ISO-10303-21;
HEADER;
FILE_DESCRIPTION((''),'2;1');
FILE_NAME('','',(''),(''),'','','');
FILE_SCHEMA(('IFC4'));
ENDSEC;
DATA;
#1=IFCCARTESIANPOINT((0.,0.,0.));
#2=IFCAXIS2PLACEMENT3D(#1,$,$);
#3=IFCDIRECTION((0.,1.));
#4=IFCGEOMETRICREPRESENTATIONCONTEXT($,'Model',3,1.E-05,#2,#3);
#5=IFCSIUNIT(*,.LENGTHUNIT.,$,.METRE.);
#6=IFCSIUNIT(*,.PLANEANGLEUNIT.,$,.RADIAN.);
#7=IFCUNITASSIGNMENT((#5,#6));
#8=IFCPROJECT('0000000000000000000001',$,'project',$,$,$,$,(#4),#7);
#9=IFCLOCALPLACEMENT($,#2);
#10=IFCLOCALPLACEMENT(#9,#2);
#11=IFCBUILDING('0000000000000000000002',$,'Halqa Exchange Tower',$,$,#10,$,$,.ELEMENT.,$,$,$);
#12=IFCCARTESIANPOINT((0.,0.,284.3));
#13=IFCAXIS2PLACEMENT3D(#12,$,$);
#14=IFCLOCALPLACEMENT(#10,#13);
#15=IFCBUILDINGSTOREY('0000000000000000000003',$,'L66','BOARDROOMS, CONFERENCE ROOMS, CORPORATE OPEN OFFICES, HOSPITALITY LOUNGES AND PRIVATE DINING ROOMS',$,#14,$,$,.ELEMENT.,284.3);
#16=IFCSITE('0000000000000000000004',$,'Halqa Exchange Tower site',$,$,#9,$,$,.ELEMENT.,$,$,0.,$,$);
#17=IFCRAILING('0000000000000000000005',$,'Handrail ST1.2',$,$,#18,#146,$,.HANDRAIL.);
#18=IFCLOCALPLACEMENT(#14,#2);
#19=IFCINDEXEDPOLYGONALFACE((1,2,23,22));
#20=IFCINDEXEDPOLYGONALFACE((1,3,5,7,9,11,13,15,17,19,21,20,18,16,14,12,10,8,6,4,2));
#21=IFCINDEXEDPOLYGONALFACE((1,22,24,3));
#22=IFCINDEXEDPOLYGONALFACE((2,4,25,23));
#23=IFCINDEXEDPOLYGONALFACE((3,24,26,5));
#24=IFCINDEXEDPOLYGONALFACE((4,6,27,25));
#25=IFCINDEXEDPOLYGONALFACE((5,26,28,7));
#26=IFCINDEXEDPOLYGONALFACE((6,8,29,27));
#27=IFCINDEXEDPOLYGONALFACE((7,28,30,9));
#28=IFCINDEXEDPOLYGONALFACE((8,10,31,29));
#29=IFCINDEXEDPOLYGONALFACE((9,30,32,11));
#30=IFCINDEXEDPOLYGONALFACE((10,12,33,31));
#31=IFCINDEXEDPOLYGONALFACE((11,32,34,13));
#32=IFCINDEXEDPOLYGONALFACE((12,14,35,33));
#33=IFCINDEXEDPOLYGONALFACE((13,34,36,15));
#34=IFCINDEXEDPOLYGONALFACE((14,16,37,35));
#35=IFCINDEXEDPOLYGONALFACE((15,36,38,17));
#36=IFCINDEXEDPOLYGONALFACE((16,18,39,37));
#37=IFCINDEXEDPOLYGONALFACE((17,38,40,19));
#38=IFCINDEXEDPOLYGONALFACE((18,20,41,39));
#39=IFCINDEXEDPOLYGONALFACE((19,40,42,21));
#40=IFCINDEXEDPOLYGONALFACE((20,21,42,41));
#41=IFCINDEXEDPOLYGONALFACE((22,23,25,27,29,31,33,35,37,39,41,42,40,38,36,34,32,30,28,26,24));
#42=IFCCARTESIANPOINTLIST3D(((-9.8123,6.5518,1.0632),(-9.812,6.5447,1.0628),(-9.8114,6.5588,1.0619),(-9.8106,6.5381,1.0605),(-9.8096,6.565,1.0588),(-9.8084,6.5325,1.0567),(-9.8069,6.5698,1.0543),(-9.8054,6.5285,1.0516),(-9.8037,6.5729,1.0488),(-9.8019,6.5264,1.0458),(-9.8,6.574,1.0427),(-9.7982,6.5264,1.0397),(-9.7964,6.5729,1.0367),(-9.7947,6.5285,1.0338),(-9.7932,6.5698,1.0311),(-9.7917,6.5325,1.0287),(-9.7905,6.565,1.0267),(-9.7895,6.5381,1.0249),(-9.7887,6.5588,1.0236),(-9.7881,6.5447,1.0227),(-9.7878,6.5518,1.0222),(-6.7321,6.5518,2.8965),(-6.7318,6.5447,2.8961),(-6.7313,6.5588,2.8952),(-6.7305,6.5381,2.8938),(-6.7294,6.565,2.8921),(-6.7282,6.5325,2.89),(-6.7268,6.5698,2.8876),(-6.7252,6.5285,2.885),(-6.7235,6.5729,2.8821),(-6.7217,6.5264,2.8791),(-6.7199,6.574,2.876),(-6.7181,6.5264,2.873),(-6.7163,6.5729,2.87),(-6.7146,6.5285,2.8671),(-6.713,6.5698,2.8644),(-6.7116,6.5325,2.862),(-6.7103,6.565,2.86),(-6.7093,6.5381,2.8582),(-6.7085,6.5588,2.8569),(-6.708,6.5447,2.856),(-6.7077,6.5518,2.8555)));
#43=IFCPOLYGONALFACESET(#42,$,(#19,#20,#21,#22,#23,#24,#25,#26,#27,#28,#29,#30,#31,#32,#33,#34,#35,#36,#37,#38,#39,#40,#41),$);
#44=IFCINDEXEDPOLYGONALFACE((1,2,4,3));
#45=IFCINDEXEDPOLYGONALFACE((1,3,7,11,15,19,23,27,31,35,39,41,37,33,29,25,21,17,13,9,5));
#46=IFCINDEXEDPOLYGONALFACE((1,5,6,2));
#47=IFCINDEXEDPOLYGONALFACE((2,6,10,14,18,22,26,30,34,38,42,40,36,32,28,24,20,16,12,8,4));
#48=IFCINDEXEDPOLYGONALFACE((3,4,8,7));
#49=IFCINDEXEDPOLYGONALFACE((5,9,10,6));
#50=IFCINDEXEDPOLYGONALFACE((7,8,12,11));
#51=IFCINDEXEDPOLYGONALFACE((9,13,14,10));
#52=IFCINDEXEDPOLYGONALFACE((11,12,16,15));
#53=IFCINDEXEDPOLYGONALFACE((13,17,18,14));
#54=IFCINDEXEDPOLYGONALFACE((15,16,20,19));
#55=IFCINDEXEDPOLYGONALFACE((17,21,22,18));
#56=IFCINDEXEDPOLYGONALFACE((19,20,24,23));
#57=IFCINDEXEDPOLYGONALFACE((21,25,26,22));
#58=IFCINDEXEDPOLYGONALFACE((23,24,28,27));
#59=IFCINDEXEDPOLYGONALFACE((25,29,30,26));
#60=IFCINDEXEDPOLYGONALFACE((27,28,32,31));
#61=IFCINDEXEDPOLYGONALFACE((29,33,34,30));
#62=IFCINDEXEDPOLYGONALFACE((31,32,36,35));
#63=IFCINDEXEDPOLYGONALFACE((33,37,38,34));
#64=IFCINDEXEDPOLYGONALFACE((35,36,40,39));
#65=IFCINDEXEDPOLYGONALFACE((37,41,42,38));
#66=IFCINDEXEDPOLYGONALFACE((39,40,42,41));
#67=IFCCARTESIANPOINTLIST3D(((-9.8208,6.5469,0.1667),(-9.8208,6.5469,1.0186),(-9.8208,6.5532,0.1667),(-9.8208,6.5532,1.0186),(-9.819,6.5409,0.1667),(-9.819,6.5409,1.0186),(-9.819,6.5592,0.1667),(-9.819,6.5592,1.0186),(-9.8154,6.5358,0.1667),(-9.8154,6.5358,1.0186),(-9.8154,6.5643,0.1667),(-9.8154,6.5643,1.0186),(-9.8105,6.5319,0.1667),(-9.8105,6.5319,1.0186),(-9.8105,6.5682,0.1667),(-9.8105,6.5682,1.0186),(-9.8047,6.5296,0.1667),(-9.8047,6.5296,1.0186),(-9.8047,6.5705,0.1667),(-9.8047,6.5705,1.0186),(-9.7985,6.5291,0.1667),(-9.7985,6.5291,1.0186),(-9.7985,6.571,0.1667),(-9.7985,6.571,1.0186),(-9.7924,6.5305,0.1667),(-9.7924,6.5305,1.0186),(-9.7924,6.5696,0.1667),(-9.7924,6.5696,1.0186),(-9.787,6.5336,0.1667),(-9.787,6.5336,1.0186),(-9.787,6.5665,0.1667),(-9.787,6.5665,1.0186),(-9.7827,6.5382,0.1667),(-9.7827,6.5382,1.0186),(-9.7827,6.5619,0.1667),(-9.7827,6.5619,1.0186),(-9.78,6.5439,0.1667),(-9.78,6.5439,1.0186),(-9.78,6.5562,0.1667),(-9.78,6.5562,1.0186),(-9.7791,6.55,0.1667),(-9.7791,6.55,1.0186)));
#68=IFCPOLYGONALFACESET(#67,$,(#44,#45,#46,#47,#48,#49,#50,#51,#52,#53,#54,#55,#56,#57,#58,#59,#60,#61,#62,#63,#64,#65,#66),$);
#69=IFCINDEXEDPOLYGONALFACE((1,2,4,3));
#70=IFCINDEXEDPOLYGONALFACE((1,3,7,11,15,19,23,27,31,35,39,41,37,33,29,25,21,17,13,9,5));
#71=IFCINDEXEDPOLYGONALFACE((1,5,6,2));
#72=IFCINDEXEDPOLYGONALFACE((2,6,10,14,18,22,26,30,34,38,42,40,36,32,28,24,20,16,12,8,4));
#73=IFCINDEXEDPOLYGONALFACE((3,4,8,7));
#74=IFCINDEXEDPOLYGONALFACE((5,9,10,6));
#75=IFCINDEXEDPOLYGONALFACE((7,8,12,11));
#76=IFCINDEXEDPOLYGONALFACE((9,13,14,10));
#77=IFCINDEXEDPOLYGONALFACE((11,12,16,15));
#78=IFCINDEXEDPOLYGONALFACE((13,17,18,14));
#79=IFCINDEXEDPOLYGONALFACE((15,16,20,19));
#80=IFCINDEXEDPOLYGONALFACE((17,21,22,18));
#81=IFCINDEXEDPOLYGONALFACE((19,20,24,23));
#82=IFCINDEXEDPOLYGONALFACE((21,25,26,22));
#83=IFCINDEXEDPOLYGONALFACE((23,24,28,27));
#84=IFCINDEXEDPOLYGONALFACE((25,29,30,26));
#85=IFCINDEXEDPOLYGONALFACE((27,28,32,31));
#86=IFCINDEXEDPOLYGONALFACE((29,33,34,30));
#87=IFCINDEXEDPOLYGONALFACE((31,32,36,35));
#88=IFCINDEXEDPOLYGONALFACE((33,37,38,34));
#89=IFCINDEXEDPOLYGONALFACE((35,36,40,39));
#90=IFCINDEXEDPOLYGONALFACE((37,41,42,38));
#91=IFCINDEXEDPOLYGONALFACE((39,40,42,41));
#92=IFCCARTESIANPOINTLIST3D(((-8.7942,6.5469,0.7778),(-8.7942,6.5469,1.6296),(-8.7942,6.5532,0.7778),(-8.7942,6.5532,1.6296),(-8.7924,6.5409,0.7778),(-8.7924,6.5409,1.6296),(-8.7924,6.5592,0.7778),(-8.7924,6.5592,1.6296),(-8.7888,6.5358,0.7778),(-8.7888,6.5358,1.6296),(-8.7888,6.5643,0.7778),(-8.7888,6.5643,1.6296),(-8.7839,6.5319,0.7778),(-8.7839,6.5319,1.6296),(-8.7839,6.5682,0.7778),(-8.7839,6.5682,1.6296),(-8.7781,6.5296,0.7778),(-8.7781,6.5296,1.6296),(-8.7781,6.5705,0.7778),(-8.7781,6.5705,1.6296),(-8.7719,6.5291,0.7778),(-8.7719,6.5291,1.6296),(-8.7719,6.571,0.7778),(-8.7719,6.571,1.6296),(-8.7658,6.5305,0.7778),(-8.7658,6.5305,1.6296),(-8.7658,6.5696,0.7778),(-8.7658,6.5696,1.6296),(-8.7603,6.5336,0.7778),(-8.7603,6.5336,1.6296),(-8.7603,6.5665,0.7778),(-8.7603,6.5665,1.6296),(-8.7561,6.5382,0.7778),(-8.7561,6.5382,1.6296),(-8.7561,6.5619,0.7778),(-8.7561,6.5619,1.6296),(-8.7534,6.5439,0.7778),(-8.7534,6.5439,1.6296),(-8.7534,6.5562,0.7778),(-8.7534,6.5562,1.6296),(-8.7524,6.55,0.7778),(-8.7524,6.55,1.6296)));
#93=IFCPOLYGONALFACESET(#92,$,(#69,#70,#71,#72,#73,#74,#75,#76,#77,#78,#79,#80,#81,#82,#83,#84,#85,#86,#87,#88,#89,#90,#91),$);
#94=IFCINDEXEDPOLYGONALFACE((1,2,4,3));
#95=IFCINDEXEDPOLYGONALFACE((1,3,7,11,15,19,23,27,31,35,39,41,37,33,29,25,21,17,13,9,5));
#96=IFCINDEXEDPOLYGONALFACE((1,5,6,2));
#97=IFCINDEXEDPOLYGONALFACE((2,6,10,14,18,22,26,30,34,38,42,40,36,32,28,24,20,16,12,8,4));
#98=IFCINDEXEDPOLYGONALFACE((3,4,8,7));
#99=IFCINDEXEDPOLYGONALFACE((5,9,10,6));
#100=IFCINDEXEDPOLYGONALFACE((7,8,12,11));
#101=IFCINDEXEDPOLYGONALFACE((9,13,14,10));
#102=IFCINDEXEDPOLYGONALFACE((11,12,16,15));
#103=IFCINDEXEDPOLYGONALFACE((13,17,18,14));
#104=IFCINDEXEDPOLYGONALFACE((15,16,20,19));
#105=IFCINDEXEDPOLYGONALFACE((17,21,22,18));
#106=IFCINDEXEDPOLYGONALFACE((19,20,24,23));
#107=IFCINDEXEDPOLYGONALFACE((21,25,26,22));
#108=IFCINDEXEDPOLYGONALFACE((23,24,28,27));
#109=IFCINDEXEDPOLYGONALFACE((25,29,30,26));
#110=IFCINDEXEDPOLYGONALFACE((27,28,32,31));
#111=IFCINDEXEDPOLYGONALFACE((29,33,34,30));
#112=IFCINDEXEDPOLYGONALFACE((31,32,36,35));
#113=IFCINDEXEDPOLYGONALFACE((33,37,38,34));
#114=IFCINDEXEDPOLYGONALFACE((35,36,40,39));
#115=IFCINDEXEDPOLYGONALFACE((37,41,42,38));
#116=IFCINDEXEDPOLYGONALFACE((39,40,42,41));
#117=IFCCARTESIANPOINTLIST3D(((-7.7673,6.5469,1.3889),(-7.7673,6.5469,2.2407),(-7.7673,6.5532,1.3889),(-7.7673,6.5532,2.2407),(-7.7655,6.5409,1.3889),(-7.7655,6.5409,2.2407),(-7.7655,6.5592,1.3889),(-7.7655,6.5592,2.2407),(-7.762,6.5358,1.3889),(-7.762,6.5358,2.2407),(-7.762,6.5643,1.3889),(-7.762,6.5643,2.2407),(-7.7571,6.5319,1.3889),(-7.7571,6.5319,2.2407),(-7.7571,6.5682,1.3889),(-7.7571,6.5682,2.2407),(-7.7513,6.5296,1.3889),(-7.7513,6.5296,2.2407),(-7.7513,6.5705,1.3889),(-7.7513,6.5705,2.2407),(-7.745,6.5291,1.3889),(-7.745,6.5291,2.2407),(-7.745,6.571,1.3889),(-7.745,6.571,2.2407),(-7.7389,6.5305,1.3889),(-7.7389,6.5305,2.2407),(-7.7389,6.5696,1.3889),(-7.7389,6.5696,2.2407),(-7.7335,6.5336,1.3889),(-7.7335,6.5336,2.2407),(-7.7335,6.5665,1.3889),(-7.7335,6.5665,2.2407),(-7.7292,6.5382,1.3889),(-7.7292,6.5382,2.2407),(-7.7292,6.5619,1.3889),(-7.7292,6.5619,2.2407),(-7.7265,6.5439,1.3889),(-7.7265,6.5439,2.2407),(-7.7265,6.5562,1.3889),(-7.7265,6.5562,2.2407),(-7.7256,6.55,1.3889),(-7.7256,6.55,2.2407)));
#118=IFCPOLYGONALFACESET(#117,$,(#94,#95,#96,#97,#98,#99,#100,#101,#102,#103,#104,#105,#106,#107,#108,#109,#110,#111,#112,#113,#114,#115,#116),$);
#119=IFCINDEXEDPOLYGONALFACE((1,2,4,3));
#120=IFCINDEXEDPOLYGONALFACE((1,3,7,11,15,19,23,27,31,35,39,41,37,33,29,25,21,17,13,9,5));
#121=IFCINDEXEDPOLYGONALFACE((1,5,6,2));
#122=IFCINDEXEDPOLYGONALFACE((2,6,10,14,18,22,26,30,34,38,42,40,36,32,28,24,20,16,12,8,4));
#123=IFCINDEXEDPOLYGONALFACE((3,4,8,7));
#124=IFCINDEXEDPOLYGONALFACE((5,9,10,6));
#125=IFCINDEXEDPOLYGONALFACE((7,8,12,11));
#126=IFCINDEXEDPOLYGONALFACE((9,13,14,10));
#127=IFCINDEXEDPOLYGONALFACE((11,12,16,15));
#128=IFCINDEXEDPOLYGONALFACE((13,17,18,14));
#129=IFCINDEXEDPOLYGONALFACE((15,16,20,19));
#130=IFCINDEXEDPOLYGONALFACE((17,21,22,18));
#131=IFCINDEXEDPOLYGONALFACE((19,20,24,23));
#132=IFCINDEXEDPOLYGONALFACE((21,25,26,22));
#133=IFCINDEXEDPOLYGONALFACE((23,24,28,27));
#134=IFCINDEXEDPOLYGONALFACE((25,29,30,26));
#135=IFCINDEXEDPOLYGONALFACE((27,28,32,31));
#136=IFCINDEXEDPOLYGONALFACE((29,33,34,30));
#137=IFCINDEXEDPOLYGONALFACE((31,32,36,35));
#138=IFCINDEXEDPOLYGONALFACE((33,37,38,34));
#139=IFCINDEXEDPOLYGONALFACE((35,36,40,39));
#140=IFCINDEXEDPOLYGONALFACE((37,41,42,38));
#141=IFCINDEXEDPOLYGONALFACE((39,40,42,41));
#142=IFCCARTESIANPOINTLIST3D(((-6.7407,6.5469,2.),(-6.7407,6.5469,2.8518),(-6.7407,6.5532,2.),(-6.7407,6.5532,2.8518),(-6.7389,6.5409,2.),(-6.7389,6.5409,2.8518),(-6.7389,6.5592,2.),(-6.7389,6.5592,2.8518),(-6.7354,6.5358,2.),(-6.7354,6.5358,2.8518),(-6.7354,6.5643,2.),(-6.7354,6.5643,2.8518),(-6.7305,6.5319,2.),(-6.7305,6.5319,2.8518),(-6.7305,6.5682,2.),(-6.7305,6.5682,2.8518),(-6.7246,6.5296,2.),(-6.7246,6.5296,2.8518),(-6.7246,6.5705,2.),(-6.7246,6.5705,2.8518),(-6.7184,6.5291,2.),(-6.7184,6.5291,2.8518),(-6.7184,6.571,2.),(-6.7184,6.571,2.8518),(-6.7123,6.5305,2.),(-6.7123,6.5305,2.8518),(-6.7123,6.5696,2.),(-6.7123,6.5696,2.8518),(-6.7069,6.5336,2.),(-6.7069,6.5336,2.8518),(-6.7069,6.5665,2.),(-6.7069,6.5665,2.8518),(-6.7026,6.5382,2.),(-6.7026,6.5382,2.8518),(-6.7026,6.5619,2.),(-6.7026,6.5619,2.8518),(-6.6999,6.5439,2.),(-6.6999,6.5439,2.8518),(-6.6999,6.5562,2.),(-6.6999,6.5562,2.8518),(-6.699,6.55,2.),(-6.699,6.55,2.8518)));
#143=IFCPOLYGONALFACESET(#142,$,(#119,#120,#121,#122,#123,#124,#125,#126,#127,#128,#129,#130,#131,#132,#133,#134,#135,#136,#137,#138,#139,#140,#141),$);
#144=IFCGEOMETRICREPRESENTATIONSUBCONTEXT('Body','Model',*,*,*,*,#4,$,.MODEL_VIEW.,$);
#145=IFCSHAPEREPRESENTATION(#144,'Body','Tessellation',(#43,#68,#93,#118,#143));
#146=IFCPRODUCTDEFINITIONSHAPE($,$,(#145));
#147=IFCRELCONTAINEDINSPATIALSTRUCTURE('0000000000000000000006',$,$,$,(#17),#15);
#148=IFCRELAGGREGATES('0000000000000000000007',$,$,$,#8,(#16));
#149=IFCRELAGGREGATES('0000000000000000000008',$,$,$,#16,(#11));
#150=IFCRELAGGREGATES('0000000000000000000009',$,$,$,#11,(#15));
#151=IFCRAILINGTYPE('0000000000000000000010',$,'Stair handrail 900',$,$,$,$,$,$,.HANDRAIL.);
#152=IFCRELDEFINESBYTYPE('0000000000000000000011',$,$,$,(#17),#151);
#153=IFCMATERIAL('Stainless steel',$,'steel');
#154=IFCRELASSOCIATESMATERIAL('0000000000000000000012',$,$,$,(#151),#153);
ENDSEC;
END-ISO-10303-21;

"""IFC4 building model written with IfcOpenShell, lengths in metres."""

from ifc_helpers import new_model, si_unit, direction, frame, origin, origin_2d, place, context, subcontext, project, spatial, circle, extrude, material, type_object, element, save


model = new_model("IFC4")

# Units and contexts
model_context = context("Model", 3, precision=1e-05, world=origin(), true_north=direction((0.0, 1.0)))
body_context = subcontext(model_context, "Body", "Model", "MODEL_VIEW")
ifc_project = project(units=[si_unit("LENGTHUNIT", "METRE"), si_unit("PLANEANGLEUNIT", "RADIAN")], contexts=[model_context])

# Site, building, storey
site_placement = place(None, origin())
site = spatial("IfcSite", under=ifc_project, at=site_placement, Name="Halqa Exchange Tower site", CompositionType="ELEMENT", RefElevation=0.0)
building_placement = place(site_placement, origin())
building = spatial("IfcBuilding", under=site, at=building_placement, Name="Halqa Exchange Tower", CompositionType="ELEMENT")
storey_placement = place(building_placement, frame((0.0, 0.0, 284.3)))
storey = spatial("IfcBuildingStorey", under=building, at=storey_placement, Name="L66", Description="BOARDROOMS, CONFERENCE ROOMS, CORPORATE OPEN OFFICES, HOSPITALITY LOUNGES AND PRIVATE DINING ROOMS", CompositionType="ELEMENT", Elevation=284.3)

# Shared definitions
ifc_material_1 = material(Name="Stainless steel", Category="steel")

# Railing
railing_type_1 = type_object("IfcRailingType", Name="Stair handrail 900", PredefinedType="HANDRAIL", material=ifc_material_1)
railing_1_placement = place(storey_placement, frame((-9.8, 6.55, 0.1667)))
element("IfcRailing", 1, at=railing_1_placement, inside=storey, type_object=railing_type_1, Name="Handrail ST1.2", PredefinedType="HANDRAIL", context=body_context, shape_type="SweptSolid", body=[
    extrude(circle(Radius=0.0239, at=origin_2d()), frame((0.0, 0.0, 0.876), z_axis=(0.859309, 0.0, 0.511458), x_axis=(0.0, 1.0, 0.0)), (0.0, 0.0, 1.0), 3.5845),
    extrude(circle(Radius=0.021, at=origin_2d()), origin(), (0.0, 0.0, 1.0), 0.8518),
    extrude(circle(Radius=0.021, at=origin_2d()), frame((1.0266, 0.0, 0.6111)), (0.0, 0.0, 1.0), 0.8518),
    extrude(circle(Radius=0.021, at=origin_2d()), frame((2.0535, 0.0, 1.2222)), (0.0, 0.0, 1.0), 0.8518),
    extrude(circle(Radius=0.021, at=origin_2d()), frame((3.0801, 0.0, 1.8333)), (0.0, 0.0, 1.0), 0.8518),
])

save(model, "model.ifc")
